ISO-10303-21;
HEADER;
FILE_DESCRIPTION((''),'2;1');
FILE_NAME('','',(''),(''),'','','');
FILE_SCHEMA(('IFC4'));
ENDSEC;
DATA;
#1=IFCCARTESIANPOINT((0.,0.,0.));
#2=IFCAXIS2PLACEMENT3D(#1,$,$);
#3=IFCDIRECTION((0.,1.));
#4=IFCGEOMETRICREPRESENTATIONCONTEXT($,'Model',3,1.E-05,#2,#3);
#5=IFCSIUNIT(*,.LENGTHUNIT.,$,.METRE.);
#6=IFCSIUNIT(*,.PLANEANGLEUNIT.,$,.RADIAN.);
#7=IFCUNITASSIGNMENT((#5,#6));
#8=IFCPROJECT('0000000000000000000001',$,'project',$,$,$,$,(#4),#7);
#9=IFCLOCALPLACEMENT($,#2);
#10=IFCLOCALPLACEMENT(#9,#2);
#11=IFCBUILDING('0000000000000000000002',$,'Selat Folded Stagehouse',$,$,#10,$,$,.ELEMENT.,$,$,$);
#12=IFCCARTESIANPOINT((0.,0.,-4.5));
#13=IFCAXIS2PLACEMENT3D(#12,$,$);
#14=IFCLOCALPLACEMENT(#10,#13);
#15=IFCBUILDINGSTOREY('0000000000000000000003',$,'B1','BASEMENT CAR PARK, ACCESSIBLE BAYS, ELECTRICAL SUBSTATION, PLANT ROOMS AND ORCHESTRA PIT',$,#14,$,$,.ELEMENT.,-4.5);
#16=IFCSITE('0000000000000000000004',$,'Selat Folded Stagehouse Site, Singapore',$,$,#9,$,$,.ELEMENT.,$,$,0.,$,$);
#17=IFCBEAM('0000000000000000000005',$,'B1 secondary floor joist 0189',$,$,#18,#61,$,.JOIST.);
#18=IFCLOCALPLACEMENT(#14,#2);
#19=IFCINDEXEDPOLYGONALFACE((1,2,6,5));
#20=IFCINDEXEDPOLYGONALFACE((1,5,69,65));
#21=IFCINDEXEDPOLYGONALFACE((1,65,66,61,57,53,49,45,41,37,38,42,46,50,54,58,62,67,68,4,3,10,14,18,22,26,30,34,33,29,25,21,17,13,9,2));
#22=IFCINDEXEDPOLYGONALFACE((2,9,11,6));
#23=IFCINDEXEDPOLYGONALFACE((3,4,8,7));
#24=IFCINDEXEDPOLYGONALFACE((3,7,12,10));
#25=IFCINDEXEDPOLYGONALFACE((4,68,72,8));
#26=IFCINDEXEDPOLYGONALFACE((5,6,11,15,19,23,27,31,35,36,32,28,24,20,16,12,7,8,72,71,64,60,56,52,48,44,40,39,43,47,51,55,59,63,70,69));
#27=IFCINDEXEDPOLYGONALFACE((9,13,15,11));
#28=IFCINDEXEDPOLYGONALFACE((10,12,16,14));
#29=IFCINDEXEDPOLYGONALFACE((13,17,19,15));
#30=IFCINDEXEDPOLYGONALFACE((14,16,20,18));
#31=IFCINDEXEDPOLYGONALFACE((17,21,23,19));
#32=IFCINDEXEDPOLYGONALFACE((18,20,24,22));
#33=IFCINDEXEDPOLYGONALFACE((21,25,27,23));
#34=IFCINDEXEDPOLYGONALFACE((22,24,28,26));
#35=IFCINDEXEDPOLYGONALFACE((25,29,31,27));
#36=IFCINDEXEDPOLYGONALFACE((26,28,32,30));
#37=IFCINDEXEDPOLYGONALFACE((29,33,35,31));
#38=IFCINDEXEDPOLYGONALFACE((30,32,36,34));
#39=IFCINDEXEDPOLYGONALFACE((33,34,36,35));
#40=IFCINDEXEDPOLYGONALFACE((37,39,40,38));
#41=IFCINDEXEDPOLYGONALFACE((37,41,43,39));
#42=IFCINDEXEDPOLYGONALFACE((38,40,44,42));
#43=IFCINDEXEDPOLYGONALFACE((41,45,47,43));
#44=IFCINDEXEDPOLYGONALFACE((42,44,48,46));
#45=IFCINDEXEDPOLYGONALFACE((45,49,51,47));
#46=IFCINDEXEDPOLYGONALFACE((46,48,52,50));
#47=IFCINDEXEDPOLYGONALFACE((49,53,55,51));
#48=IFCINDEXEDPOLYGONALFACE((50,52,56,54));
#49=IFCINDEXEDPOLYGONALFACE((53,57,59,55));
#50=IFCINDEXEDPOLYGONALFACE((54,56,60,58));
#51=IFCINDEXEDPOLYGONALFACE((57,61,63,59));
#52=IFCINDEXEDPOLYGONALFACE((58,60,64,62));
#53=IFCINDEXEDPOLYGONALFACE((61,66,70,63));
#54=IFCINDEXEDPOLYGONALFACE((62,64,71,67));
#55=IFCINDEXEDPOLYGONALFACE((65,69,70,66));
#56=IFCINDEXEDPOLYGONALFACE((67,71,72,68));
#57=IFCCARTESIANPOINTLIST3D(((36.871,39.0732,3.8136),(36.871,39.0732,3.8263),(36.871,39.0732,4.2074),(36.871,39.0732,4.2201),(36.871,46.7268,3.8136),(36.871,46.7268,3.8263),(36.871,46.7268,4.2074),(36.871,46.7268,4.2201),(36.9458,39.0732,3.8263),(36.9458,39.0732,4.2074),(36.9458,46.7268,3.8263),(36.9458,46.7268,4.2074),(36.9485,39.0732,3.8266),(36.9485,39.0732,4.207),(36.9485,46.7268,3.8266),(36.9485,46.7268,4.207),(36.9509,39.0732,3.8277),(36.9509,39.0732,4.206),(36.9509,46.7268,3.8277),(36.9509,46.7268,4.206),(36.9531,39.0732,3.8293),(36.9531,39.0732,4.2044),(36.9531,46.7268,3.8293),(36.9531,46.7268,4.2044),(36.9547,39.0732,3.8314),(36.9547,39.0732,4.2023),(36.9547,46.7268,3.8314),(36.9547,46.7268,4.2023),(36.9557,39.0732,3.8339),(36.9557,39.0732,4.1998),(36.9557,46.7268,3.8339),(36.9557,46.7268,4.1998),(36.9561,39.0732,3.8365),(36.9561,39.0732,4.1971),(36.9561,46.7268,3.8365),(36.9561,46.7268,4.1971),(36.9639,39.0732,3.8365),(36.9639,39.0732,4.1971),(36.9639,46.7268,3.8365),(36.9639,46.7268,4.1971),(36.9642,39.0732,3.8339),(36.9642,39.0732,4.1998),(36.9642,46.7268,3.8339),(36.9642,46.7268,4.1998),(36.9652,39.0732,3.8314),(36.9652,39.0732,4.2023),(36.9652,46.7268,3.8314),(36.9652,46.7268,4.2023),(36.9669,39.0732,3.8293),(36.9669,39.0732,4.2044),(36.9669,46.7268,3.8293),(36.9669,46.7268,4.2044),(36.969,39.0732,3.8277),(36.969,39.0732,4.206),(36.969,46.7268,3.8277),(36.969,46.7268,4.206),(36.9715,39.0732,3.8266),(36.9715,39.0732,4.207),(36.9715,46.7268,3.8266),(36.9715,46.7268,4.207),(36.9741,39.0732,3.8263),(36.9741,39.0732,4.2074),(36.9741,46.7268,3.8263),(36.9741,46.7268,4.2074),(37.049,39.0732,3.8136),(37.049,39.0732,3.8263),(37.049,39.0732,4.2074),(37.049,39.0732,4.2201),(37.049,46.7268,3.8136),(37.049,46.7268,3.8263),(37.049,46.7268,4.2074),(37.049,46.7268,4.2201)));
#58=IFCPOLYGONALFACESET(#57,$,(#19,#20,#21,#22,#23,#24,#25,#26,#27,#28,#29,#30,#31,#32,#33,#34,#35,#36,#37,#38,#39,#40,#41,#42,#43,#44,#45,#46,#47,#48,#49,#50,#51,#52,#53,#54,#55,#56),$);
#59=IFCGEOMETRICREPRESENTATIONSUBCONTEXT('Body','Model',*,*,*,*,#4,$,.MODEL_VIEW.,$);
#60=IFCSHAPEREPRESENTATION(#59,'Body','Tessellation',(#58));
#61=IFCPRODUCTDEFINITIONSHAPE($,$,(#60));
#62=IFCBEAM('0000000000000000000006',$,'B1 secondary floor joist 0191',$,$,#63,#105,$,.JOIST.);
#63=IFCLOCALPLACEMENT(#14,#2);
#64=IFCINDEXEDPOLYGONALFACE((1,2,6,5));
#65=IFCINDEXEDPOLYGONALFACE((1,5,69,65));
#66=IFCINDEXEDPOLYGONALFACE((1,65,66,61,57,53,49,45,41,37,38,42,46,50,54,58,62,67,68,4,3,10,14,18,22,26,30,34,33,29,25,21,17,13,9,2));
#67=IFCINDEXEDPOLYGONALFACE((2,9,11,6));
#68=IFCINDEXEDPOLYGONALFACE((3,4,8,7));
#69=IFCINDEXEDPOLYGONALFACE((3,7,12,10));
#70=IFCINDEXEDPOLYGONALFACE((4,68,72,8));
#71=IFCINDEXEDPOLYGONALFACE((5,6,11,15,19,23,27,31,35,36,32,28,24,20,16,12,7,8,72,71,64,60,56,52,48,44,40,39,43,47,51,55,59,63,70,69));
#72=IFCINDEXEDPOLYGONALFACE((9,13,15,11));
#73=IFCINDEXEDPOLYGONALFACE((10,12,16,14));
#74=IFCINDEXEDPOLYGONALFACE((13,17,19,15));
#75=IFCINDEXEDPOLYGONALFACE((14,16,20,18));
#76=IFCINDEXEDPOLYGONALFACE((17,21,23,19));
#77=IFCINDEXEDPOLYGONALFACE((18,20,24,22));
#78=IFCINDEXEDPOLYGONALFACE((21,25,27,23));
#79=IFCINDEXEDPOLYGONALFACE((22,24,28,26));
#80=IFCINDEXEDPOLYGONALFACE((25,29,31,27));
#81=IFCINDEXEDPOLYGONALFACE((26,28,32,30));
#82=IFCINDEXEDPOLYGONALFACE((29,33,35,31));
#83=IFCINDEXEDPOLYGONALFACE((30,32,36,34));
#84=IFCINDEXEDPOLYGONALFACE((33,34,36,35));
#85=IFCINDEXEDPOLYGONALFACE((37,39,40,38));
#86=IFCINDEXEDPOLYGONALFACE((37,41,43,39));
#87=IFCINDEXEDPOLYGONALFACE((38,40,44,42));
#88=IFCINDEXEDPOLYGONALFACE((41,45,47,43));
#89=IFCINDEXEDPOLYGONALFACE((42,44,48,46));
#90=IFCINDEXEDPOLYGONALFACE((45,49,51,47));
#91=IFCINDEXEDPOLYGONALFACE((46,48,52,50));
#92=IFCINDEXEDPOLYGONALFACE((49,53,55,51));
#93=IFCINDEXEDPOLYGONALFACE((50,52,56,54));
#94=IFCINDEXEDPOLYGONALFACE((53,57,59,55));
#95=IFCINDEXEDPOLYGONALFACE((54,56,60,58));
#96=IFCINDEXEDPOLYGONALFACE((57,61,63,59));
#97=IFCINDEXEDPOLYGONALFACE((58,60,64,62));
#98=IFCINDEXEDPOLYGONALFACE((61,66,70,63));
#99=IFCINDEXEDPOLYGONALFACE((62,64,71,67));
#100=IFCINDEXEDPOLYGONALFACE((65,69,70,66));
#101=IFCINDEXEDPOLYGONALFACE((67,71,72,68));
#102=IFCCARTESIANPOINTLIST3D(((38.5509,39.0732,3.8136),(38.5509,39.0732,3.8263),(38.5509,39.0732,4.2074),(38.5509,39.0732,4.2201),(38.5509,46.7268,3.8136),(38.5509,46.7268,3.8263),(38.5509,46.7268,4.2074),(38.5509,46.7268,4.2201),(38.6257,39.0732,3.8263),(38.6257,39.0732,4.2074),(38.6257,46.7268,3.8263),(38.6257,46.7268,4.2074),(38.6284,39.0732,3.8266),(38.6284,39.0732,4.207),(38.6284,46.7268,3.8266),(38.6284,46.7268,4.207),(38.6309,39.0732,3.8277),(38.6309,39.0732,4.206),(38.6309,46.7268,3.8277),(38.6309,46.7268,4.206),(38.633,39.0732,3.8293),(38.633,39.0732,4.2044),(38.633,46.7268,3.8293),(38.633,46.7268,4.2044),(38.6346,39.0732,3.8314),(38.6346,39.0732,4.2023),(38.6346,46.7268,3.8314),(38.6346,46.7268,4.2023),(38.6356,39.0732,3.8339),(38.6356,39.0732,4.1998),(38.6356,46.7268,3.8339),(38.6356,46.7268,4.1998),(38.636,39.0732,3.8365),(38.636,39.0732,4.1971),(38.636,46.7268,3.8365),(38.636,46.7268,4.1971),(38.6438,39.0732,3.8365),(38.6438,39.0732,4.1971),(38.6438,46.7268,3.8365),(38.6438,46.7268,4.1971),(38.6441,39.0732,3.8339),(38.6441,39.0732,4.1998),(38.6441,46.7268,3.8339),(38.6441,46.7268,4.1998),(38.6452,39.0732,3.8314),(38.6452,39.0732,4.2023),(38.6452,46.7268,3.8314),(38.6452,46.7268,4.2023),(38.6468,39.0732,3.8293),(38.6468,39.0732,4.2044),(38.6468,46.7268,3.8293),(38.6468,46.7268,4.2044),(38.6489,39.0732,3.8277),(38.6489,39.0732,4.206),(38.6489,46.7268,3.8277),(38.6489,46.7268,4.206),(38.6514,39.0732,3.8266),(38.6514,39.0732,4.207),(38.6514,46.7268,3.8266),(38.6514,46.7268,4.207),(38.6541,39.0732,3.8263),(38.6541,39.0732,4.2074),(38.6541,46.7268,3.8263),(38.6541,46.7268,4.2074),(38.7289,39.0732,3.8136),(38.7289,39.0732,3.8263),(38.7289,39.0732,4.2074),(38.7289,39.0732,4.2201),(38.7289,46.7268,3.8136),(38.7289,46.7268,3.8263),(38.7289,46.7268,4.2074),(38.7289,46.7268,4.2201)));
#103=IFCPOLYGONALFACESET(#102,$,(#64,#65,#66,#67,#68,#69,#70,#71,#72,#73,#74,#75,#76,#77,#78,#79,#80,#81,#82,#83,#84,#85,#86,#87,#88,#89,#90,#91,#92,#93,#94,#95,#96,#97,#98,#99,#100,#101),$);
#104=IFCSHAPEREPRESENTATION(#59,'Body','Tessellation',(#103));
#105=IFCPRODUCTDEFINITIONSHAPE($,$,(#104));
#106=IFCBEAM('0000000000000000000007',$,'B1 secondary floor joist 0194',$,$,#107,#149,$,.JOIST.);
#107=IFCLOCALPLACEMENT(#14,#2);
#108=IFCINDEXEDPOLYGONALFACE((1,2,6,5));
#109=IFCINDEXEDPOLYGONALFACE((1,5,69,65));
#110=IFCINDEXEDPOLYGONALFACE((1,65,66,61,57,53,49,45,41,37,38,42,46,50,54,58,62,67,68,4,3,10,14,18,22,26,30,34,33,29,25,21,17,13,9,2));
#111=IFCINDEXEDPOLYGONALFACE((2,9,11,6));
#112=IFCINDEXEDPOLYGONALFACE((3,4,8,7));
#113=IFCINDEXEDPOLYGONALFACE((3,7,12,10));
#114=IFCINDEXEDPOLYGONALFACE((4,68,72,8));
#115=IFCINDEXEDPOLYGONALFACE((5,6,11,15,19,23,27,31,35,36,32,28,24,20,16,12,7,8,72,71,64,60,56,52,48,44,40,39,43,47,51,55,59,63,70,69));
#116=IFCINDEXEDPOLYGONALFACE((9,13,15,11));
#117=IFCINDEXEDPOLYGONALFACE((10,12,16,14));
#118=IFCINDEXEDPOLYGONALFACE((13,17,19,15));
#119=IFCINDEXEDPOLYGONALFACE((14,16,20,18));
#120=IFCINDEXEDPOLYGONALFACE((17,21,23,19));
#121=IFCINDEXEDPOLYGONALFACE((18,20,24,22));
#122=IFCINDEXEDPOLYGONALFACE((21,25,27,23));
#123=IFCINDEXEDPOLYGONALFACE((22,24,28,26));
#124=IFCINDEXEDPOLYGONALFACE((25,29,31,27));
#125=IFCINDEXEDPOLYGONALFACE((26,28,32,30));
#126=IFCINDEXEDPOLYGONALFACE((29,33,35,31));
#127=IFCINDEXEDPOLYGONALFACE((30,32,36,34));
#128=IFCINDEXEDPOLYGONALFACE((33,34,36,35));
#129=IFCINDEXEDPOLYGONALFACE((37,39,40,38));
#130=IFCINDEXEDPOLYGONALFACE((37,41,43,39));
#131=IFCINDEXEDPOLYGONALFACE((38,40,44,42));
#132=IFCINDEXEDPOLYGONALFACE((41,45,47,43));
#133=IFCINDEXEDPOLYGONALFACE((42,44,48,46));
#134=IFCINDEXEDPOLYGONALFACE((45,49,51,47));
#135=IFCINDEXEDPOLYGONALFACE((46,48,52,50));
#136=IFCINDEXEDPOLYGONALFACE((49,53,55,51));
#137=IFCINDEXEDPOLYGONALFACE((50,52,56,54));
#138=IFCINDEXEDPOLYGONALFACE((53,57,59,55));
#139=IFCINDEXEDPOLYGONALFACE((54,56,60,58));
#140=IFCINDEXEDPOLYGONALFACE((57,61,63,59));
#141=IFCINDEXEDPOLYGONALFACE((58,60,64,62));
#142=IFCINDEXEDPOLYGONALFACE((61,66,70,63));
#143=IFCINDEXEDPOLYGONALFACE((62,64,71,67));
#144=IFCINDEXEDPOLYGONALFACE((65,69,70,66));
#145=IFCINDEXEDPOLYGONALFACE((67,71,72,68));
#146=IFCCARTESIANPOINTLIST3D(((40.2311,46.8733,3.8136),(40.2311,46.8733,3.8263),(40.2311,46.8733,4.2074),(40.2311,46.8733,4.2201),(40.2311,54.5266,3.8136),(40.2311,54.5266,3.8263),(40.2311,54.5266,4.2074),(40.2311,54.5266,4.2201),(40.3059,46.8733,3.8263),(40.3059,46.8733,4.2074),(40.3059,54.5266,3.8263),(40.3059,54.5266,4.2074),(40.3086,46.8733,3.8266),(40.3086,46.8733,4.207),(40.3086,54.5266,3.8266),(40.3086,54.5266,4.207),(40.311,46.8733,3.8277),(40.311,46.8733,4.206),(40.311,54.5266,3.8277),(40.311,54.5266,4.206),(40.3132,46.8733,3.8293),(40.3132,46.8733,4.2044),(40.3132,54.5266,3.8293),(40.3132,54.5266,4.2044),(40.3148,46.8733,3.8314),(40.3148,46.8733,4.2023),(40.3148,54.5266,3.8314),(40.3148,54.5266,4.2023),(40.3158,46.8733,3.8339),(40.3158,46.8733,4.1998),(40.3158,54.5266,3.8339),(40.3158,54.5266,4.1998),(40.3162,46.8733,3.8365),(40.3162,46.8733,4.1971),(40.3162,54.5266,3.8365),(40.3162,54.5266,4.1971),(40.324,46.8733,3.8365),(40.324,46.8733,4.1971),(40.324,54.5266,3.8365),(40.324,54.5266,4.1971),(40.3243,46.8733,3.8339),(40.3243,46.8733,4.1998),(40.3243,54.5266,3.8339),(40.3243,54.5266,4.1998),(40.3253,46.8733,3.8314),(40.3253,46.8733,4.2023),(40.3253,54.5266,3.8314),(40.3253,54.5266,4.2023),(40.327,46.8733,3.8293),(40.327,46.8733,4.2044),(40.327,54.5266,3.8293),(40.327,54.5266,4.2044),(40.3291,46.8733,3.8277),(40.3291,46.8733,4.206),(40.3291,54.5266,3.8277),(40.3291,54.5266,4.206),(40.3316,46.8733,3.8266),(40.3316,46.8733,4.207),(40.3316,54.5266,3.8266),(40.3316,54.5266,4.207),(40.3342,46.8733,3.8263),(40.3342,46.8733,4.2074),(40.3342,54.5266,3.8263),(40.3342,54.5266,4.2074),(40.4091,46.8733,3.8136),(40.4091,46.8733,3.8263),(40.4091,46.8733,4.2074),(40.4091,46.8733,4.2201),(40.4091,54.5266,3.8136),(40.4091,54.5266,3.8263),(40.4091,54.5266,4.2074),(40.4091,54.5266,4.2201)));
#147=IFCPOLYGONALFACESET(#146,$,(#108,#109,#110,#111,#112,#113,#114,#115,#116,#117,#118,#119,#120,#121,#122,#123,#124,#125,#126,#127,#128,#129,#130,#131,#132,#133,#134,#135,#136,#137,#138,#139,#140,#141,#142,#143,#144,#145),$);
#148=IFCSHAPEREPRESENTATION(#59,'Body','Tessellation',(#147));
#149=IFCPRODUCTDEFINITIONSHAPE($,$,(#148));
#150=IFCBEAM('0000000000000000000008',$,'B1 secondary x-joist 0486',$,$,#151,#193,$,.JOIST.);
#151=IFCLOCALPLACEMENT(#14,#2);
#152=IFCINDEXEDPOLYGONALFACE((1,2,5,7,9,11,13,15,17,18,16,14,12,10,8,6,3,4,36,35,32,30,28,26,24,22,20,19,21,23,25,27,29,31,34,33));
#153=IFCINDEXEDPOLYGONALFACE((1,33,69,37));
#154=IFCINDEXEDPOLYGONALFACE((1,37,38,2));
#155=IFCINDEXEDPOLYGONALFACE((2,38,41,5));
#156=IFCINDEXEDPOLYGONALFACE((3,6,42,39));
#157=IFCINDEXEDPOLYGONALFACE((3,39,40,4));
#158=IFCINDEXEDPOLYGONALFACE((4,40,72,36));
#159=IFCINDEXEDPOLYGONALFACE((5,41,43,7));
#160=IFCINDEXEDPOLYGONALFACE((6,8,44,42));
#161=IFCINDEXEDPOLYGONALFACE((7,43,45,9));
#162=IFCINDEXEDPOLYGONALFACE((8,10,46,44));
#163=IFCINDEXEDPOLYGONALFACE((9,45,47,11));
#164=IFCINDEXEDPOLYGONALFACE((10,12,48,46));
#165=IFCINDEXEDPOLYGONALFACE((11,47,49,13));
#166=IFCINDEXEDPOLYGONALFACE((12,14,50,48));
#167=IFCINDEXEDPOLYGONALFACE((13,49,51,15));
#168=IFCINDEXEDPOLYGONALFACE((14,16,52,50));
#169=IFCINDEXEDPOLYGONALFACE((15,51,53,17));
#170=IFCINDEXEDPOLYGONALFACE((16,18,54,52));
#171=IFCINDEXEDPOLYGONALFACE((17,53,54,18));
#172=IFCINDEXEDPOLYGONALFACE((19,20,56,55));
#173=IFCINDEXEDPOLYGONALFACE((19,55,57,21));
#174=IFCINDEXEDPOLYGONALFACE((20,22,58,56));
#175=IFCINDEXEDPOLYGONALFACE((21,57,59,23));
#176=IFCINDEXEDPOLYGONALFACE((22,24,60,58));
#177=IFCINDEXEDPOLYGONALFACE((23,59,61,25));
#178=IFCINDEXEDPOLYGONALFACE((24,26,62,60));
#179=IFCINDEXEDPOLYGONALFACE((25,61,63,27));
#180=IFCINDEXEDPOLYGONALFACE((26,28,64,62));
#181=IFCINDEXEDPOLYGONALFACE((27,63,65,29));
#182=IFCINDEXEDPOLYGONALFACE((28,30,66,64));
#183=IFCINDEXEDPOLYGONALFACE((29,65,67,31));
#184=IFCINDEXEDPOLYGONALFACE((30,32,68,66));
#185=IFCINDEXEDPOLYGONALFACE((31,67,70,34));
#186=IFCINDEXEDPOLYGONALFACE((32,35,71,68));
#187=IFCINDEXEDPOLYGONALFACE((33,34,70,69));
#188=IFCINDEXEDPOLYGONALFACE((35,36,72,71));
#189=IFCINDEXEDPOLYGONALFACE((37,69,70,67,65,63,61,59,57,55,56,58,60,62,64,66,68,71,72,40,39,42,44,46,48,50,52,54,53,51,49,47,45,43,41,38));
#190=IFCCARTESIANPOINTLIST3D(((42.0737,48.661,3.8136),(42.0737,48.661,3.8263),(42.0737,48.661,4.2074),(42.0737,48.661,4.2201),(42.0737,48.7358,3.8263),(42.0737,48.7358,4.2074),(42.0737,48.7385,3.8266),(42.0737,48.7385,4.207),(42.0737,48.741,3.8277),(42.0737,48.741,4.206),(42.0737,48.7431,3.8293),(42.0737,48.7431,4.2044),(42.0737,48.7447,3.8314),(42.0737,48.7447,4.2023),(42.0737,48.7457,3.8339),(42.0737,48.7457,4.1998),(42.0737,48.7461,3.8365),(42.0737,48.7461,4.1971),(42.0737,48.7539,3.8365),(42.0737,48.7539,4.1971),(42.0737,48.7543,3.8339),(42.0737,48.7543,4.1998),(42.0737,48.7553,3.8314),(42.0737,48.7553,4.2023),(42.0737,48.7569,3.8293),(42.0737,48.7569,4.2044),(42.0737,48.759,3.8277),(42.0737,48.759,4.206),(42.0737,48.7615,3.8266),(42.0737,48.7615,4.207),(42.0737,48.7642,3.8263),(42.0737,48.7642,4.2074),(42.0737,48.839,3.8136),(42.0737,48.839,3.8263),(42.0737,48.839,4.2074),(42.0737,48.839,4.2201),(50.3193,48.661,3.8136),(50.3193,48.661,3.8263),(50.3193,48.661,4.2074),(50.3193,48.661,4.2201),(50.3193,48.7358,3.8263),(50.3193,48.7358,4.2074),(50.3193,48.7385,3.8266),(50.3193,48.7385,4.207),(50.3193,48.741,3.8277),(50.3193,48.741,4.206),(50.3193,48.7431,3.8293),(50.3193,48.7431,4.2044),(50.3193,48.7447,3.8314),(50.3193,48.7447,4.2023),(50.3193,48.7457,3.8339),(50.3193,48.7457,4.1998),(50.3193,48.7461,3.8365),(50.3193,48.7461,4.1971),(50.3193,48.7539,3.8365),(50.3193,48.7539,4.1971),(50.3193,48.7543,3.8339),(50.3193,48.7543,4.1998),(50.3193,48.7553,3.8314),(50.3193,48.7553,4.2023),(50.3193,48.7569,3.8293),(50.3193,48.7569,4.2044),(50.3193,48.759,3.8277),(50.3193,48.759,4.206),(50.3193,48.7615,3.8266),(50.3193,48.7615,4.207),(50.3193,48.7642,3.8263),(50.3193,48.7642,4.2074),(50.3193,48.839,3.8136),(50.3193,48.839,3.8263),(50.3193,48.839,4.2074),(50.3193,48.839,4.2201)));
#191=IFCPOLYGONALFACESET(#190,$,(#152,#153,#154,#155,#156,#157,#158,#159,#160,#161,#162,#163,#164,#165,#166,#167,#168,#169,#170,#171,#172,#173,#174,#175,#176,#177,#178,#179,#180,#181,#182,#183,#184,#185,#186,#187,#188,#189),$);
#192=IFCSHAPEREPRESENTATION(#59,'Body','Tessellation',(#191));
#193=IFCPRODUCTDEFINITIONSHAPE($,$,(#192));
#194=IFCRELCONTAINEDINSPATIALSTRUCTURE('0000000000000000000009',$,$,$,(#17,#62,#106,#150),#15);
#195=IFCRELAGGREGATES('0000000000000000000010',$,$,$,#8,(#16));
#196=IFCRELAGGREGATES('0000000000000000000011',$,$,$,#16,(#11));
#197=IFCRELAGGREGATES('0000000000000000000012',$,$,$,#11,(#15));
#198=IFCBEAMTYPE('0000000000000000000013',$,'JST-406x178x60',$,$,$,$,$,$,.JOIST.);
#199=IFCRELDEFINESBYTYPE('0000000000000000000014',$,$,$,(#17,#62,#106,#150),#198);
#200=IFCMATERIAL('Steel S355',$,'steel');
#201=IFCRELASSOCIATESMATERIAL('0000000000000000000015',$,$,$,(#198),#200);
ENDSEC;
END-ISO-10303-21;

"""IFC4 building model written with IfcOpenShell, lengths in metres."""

from ifc_helpers import new_model, si_unit, direction, frame, origin, origin_2d, place, context, subcontext, project, spatial, i_section, extrude, material, material_profile, profile_set, type_object, element, save


model = new_model("IFC4")

# Units and contexts
model_context = context("Model", 3, precision=1e-05, world=origin(), true_north=direction((0.0, 1.0)))
body_context = subcontext(model_context, "Body", "Model", "MODEL_VIEW")
ifc_project = project(units=[si_unit("LENGTHUNIT", "METRE"), si_unit("PLANEANGLEUNIT", "RADIAN")], contexts=[model_context])

# Site, building, storey
site_placement = place(None, origin())
site = spatial("IfcSite", under=ifc_project, at=site_placement, Name="Selat Folded Stagehouse Site, Singapore", CompositionType="ELEMENT", RefElevation=0.0)
building_placement = place(site_placement, origin())
building = spatial("IfcBuilding", under=site, at=building_placement, Name="Selat Folded Stagehouse", CompositionType="ELEMENT")
storey_placement = place(building_placement, frame((0.0, 0.0, -4.5)))
storey = spatial("IfcBuildingStorey", under=building, at=storey_placement, Name="B1", Description="BASEMENT CAR PARK, ACCESSIBLE BAYS, ELECTRICAL SUBSTATION, PLANT ROOMS AND ORCHESTRA PIT", CompositionType="ELEMENT", Elevation=-4.5)

# Shared definitions
ifc_material_1 = material(Name="Steel S355", Category="steel")

# Beams
ifc_material_profile_1 = material_profile(ifc_material_1, i_section(OverallWidth=0.178, OverallDepth=0.4065, WebThickness=0.0078, FlangeThickness=0.0127, FilletRadius=0.0103, at=origin_2d()), Name="UKB 406x178x60")
ifc_profile_set_1 = profile_set([ifc_material_profile_1], Name="Steel S355")
beam_type_1 = type_object("IfcBeamType", Name="JST-406x178x60", PredefinedType="JOIST", material=ifc_profile_set_1)
for number, where, z_axis, x_axis, name in (
    (1, (36.96, 39.0732, 4.0168), (0.0, 1.0, 0.0), (-1.0, 0.0, 0.0), "B1 secondary floor joist 0189"),
    (2, (38.6399, 39.0732, 4.0168), (0.0, 1.0, 0.0), (-1.0, 0.0, 0.0), "B1 secondary floor joist 0191"),
):
    element("IfcBeam", number, at=place(storey_placement, frame(where, z_axis=z_axis, x_axis=x_axis)), inside=storey, type_object=beam_type_1, Name=name, PredefinedType="JOIST", context=body_context, shape_type="SweptSolid", body=[
        extrude(i_section(OverallWidth=0.178, OverallDepth=0.4065, WebThickness=0.0078, FlangeThickness=0.0127, FilletRadius=0.0103, at=origin_2d()), origin(), (0.0, 0.0, 1.0), 7.6536),
    ])
beam_1_placement = place(storey_placement, frame((40.3201, 46.8733, 4.0168), z_axis=(0.0, 1.0, 0.0), x_axis=(-1.0, 0.0, 0.0)))
element("IfcBeam", 3, at=beam_1_placement, inside=storey, type_object=beam_type_1, Name="B1 secondary floor joist 0194", PredefinedType="JOIST", context=body_context, shape_type="SweptSolid", body=[
    extrude(i_section(OverallWidth=0.178, OverallDepth=0.4065, WebThickness=0.0078, FlangeThickness=0.0127, FilletRadius=0.0103, at=origin_2d()), origin(), (0.0, 0.0, 1.0), 7.6533),
])
beam_2_placement = place(storey_placement, frame((42.0737, 48.75, 4.0168), z_axis=(1.0, 0.0, 0.0), x_axis=(0.0, 1.0, 0.0)))
element("IfcBeam", 4, at=beam_2_placement, inside=storey, type_object=beam_type_1, Name="B1 secondary x-joist 0486", PredefinedType="JOIST", context=body_context, shape_type="SweptSolid", body=[
    extrude(i_section(OverallWidth=0.178, OverallDepth=0.4065, WebThickness=0.0078, FlangeThickness=0.0127, FilletRadius=0.0103, at=origin_2d()), origin(), (0.0, 0.0, 1.0), 8.2456),
])

save(model, "model.ifc")
